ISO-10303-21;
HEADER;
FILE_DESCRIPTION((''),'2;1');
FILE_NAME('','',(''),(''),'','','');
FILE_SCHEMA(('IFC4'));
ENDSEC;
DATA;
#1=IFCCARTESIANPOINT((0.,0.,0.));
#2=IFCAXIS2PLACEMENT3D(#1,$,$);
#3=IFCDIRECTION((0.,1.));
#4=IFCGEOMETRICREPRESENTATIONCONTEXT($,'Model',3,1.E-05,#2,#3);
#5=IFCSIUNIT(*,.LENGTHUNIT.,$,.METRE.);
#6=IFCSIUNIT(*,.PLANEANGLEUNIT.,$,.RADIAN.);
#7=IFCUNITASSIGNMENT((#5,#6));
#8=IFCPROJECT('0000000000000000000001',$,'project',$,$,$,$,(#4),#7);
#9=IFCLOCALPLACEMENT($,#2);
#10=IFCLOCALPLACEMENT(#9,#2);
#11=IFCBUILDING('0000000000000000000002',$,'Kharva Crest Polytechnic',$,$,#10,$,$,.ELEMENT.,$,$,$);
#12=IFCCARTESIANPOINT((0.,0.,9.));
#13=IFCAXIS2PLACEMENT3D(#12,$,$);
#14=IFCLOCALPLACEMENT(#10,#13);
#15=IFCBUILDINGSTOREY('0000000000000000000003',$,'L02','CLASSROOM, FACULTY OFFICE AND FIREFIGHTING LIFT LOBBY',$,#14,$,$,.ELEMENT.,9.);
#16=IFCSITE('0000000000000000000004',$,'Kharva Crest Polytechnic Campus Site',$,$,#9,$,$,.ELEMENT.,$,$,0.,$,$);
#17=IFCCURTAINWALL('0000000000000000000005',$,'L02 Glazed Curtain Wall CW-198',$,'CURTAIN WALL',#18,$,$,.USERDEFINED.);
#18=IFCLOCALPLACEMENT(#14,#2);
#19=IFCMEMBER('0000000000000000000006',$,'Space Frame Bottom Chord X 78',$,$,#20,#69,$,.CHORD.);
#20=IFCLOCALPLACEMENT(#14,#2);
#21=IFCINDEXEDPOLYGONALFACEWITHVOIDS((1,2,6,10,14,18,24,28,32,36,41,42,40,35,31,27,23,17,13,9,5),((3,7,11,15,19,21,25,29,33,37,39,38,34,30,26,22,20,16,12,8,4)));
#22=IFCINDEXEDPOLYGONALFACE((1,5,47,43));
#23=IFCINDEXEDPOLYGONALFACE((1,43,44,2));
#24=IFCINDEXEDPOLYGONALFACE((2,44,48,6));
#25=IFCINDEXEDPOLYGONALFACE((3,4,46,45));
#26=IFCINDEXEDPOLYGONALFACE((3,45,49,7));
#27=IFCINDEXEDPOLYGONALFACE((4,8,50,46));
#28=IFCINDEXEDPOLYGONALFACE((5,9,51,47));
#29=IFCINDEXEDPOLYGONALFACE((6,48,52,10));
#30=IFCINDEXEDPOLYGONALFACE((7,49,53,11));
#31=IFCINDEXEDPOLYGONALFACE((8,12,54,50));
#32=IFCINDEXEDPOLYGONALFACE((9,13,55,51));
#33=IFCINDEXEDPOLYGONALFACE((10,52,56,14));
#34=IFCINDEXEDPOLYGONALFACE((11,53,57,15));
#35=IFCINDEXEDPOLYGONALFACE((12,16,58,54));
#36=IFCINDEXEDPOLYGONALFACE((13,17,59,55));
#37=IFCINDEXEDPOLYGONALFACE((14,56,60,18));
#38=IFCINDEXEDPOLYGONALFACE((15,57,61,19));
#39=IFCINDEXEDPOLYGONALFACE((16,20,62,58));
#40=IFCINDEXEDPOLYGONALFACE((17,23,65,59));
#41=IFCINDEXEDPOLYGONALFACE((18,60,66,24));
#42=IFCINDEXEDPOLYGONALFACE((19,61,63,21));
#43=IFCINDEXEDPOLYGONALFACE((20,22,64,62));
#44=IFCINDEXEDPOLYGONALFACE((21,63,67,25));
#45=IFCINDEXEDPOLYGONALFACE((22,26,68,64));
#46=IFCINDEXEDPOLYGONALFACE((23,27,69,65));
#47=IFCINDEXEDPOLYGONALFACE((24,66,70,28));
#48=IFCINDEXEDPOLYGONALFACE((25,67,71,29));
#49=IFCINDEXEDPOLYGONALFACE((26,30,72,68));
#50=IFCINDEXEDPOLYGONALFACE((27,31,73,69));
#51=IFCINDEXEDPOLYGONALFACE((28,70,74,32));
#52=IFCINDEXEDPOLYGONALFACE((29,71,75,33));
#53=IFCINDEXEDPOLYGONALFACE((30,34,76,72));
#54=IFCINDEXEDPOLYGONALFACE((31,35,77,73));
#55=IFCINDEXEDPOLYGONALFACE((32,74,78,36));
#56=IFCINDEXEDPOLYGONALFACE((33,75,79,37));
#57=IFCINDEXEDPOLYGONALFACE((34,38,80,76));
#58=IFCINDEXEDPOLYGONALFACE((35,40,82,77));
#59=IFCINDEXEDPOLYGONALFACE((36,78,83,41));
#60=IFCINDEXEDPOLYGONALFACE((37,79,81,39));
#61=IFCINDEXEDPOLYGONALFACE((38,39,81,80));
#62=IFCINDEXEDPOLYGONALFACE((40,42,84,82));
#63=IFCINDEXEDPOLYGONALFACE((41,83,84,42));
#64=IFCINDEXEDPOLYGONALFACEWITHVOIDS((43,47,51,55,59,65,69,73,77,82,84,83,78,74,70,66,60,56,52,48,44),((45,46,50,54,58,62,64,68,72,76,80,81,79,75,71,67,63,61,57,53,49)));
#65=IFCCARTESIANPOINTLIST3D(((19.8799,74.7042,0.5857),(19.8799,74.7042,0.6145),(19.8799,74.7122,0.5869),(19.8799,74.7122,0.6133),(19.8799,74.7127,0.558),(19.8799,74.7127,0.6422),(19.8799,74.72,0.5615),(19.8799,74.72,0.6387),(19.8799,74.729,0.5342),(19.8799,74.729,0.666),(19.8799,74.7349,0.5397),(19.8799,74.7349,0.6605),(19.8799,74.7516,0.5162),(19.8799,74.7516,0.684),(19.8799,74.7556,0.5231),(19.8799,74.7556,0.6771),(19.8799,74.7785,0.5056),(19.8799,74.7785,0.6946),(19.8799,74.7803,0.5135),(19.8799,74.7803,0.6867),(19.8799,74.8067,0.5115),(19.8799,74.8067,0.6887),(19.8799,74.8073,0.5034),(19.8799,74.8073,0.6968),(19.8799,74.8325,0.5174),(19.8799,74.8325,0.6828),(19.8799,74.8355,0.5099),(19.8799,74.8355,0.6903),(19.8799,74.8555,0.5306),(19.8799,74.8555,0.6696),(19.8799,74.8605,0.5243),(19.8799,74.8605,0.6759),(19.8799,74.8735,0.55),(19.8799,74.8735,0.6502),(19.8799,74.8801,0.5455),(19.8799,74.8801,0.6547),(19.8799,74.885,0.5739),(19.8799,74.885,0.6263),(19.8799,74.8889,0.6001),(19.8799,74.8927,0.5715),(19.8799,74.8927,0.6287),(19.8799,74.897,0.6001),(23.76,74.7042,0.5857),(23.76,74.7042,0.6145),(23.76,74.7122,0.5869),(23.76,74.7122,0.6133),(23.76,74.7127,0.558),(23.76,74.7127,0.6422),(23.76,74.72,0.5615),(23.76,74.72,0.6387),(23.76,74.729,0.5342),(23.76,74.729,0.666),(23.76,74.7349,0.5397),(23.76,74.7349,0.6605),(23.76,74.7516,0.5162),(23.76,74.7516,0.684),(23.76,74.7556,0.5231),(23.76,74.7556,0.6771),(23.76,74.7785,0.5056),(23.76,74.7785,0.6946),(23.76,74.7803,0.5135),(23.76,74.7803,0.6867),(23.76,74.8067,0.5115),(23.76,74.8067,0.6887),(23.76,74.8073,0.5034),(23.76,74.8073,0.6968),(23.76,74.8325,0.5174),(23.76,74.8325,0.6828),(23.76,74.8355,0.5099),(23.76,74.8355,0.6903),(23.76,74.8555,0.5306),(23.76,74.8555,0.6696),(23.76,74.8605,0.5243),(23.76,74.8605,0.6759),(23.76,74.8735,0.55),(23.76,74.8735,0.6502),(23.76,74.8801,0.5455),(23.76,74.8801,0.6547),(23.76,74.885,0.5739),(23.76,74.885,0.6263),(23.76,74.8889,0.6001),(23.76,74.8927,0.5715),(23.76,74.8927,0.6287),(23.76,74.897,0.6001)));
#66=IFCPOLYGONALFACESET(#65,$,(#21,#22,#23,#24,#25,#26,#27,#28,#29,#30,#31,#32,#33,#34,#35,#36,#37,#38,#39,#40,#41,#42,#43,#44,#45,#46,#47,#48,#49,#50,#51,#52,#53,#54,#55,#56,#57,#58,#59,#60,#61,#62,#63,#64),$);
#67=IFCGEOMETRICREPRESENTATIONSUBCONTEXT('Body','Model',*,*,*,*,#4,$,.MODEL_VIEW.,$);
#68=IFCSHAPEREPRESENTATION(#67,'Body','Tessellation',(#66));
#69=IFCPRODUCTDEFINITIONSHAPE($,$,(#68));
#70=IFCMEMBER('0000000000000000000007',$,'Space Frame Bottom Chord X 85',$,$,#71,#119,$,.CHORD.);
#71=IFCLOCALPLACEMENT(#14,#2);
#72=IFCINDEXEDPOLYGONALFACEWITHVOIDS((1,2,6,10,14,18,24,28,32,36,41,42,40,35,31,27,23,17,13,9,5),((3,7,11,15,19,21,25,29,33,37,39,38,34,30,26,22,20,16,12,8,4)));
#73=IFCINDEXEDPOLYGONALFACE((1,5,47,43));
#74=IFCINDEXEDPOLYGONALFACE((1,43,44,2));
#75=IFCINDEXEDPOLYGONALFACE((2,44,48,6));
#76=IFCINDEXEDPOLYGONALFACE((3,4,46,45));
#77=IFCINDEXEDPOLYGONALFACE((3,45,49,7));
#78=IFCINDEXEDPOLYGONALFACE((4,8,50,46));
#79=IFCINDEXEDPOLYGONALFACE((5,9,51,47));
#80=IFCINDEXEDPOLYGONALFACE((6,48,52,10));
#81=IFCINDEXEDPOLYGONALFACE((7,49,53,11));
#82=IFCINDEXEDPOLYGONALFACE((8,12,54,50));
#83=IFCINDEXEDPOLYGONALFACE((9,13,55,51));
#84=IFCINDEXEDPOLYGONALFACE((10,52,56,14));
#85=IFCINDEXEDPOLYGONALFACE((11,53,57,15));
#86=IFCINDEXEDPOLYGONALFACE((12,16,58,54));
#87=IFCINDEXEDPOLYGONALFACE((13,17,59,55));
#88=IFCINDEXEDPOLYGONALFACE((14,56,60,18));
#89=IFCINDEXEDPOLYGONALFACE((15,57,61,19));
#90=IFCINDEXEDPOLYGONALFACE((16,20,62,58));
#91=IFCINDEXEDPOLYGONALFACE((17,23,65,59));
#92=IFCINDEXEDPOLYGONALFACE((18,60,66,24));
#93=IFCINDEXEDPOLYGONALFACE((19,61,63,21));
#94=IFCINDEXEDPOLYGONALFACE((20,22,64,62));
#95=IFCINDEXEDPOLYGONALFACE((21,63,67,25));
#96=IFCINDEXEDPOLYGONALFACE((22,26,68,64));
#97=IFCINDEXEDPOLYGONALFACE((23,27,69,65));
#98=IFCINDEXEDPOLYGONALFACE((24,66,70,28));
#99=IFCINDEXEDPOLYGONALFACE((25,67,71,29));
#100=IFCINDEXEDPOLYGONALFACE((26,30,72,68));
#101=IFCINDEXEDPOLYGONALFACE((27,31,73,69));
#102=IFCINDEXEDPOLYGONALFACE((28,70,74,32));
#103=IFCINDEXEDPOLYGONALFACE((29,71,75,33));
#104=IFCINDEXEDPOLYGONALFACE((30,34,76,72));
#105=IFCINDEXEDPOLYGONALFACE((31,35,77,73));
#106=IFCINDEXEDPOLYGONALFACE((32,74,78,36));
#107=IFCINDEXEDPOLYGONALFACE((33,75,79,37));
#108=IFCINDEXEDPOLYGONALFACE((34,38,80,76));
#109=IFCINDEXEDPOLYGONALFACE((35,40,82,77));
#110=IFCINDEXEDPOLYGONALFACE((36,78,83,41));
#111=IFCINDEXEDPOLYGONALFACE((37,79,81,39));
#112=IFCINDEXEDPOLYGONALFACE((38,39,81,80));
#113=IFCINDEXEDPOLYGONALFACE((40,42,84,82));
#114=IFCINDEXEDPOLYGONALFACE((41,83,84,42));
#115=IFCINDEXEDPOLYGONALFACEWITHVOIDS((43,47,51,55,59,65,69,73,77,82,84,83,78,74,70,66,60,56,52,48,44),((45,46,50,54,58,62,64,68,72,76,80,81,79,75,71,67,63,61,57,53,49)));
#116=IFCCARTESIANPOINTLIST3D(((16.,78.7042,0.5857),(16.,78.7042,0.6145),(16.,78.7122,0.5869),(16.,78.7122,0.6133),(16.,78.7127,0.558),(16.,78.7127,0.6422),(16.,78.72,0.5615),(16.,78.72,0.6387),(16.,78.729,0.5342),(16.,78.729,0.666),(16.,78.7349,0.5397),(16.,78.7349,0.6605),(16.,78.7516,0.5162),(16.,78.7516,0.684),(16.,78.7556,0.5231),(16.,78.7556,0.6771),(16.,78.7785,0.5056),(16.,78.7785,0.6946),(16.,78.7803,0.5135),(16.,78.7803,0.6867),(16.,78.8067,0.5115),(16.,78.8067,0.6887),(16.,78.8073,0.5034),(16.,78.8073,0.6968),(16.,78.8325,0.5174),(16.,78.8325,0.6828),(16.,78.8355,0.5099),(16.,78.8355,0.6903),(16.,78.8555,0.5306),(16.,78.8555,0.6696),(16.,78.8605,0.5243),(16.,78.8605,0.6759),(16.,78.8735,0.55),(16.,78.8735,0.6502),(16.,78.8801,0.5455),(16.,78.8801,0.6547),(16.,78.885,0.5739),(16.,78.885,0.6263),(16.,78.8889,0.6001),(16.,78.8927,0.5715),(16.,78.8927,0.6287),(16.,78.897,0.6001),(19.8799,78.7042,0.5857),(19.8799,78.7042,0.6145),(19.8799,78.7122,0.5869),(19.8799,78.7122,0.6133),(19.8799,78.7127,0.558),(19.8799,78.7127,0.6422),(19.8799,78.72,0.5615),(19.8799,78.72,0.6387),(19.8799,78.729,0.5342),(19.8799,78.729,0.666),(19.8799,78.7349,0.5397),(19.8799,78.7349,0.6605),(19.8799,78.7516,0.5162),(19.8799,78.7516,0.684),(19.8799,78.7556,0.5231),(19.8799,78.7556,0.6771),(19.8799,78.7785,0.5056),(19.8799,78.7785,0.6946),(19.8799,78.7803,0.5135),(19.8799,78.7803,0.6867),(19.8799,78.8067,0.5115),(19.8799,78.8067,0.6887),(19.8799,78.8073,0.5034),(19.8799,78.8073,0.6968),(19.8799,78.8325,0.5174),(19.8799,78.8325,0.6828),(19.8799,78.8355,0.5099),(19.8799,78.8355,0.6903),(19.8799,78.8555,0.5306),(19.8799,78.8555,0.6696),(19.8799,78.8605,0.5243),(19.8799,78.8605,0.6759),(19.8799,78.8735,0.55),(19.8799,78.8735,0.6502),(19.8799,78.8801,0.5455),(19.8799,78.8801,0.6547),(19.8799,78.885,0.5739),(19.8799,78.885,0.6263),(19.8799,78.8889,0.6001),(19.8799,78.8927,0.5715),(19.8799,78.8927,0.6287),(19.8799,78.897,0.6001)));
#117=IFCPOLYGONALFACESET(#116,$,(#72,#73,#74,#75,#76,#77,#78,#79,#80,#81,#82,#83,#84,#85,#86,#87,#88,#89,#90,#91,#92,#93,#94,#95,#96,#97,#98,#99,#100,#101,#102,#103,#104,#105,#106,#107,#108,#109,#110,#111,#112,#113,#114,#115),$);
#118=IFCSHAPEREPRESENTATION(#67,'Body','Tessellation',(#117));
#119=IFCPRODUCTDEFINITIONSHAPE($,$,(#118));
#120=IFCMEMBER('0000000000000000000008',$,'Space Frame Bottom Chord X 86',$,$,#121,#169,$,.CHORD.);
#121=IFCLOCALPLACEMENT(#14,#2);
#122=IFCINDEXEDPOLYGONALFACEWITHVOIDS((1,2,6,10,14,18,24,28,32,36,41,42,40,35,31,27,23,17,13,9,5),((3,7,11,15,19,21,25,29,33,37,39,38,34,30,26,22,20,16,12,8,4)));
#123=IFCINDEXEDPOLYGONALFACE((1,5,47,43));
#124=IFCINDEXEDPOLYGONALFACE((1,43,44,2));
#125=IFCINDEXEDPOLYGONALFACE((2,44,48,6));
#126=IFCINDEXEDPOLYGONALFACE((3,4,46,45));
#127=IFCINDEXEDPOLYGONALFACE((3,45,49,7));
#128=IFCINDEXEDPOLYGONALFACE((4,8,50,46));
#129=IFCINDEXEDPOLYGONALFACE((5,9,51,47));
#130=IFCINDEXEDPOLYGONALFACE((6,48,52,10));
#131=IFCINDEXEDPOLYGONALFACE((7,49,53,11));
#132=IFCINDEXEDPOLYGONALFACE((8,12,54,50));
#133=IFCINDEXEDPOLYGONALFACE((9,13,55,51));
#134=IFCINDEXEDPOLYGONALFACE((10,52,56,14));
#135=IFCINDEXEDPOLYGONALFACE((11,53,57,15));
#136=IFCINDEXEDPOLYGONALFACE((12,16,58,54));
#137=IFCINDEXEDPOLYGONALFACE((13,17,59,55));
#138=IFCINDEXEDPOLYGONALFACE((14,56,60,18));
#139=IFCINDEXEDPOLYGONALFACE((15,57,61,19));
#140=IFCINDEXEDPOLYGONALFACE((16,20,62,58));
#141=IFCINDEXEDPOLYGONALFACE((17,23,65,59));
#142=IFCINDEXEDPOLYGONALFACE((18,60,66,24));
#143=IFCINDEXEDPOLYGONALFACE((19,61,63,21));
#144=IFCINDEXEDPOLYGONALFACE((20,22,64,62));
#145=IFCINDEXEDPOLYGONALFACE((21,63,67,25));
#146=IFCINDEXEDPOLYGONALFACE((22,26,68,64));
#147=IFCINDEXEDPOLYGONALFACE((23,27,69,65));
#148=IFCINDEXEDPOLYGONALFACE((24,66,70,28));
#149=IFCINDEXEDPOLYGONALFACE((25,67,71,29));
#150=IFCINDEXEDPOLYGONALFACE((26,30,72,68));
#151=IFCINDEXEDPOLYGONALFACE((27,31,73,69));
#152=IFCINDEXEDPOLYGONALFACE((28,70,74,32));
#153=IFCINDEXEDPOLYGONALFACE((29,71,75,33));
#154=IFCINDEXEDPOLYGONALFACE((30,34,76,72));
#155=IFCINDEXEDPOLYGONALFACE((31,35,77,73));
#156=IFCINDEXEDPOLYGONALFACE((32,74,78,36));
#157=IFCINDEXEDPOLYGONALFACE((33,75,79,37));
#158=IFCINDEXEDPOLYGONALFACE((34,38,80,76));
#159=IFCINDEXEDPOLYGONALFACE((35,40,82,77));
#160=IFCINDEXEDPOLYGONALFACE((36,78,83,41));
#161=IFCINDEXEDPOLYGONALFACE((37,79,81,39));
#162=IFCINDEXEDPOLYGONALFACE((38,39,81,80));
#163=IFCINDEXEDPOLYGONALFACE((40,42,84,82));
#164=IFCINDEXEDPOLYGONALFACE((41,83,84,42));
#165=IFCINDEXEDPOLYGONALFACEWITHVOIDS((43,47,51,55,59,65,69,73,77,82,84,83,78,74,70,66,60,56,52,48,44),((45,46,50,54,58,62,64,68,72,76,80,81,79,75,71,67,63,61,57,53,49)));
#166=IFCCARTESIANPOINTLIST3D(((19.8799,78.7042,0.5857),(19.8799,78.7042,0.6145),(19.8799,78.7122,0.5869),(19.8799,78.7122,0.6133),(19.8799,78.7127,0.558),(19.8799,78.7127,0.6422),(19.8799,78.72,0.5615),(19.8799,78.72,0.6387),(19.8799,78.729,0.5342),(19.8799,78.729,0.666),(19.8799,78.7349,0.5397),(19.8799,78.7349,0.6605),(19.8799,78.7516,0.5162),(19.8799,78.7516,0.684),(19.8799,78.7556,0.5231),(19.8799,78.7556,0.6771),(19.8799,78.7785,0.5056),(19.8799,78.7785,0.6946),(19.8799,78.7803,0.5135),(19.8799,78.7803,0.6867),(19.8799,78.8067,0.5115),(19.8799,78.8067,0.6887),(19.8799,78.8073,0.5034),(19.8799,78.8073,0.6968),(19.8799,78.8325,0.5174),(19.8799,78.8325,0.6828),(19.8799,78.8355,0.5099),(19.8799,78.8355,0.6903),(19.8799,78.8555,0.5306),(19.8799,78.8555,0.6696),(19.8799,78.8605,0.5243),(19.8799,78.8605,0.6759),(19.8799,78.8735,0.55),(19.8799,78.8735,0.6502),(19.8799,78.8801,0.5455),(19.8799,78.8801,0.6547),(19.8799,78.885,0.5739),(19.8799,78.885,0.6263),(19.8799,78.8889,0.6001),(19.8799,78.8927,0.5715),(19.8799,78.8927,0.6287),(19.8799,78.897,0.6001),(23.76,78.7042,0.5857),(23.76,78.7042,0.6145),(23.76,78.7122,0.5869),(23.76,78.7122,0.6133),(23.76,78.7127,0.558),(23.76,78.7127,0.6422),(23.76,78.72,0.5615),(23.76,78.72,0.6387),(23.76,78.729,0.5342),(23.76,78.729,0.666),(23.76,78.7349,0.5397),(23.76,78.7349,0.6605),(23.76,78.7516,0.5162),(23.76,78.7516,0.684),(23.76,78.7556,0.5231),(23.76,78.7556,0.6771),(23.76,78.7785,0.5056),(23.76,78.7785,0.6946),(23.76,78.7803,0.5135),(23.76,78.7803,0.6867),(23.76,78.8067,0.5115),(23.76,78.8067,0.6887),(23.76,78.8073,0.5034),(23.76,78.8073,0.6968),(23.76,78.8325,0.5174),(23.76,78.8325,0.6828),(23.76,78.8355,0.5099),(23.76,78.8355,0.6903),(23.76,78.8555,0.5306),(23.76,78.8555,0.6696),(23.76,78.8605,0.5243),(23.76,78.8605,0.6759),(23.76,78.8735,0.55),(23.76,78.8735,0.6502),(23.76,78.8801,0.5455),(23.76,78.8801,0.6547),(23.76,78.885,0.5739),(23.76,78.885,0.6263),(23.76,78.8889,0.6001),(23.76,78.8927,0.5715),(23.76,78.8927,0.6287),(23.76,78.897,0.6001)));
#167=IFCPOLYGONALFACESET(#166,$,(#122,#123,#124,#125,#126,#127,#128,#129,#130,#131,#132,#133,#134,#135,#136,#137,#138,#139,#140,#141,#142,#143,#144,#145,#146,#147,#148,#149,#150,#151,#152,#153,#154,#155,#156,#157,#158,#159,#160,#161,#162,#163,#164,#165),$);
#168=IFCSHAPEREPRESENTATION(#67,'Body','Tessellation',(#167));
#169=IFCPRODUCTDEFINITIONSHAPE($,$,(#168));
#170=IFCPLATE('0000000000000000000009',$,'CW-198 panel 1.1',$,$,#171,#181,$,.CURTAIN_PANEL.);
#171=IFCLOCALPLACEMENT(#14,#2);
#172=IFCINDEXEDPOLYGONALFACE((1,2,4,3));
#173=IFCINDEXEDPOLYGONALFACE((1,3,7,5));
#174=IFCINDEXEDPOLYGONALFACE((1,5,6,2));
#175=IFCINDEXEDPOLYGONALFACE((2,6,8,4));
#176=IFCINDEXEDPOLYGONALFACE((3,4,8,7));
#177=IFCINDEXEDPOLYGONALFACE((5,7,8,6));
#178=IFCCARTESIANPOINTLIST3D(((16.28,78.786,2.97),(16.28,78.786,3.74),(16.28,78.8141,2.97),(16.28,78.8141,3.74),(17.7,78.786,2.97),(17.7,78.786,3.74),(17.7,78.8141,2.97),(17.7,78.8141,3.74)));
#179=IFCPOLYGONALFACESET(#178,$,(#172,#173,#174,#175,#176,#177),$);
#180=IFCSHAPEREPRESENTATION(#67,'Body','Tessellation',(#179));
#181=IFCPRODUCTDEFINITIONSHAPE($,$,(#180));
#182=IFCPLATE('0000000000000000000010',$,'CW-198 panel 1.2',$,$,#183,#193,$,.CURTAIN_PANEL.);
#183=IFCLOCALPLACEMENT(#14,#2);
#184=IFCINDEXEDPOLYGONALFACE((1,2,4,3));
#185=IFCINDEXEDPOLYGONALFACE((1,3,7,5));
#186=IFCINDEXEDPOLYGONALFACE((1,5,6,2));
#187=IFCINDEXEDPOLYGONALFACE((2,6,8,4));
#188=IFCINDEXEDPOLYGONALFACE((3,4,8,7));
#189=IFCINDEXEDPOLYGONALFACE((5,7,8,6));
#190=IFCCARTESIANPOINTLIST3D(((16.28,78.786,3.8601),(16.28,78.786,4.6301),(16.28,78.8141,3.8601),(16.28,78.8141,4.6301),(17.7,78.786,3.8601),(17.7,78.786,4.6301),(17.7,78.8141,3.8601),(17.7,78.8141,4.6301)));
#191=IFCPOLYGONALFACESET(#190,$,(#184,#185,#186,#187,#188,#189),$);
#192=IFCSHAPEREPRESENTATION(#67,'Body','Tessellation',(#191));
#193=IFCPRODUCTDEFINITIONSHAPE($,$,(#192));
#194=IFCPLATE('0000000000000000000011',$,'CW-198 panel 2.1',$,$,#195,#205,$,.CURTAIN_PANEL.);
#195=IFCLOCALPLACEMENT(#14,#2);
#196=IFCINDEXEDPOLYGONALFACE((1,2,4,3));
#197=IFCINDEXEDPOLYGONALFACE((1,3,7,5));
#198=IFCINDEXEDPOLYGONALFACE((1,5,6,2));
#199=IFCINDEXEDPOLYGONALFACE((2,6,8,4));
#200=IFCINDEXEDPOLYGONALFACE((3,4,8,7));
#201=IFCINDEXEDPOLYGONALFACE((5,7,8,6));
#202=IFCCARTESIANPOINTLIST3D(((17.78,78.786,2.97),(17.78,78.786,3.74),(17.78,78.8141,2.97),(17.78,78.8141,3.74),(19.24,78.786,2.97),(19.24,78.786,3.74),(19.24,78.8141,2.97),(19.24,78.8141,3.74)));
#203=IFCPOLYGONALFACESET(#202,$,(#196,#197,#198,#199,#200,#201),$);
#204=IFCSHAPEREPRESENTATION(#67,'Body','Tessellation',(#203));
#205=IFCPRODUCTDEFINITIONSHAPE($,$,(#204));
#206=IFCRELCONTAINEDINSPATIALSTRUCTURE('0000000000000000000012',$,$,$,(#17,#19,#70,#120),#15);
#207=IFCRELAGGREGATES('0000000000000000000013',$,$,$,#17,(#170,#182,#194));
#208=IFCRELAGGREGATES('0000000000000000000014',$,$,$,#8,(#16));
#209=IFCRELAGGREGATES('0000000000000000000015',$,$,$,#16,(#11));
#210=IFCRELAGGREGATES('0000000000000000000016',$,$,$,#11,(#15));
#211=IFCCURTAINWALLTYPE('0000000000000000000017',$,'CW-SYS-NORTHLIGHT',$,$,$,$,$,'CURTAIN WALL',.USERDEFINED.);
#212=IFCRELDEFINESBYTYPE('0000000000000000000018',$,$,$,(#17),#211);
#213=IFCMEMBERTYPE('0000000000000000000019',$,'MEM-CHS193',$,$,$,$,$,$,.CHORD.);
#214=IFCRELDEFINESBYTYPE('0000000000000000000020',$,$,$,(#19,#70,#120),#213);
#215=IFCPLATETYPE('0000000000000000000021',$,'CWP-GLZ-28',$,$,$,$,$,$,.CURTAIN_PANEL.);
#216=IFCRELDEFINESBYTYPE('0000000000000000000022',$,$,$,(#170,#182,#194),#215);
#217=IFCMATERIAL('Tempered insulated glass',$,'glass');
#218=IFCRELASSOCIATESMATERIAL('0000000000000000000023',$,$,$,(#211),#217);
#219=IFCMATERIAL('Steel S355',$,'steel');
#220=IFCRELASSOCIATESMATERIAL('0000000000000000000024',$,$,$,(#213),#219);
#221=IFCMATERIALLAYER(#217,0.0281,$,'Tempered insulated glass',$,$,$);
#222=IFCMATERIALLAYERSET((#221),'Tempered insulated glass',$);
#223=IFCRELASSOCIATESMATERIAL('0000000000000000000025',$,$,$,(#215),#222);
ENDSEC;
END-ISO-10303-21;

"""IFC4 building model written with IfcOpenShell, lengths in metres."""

from ifc_helpers import new_model, si_unit, direction, frame, origin, origin_2d, place, context, subcontext, project, spatial, rectangle, hollow_circle, extrude, material, layer, layer_set, material_profile, profile_set, type_object, element, aggregate, save


model = new_model("IFC4")

# Units and contexts
model_context = context("Model", 3, precision=1e-05, world=origin(), true_north=direction((0.0, 1.0)))
body_context = subcontext(model_context, "Body", "Model", "MODEL_VIEW")
ifc_project = project(units=[si_unit("LENGTHUNIT", "METRE"), si_unit("PLANEANGLEUNIT", "RADIAN")], contexts=[model_context])

# Site, building, storey
site_placement = place(None, origin())
site = spatial("IfcSite", under=ifc_project, at=site_placement, Name="Kharva Crest Polytechnic Campus Site", CompositionType="ELEMENT", RefElevation=0.0)
building_placement = place(site_placement, origin())
building = spatial("IfcBuilding", under=site, at=building_placement, Name="Kharva Crest Polytechnic", CompositionType="ELEMENT")
storey_placement = place(building_placement, frame((0.0, 0.0, 9.0)))
storey = spatial("IfcBuildingStorey", under=building, at=storey_placement, Name="L02", Description="CLASSROOM, FACULTY OFFICE AND FIREFIGHTING LIFT LOBBY", CompositionType="ELEMENT", Elevation=9.0)

# Curtain wall
ifc_material_1 = material(Name="Tempered insulated glass", Category="glass")
curtain_wall_type = type_object("IfcCurtainWallType", Name="CW-SYS-NORTHLIGHT", ElementType="CURTAIN WALL", PredefinedType="USERDEFINED", material=ifc_material_1)
curtain_wall_placement = place(storey_placement, origin())
curtain_wall = element("IfcCurtainWall", 1, at=curtain_wall_placement, inside=storey, type_object=curtain_wall_type, Name="L02 Glazed Curtain Wall CW-198", ObjectType="CURTAIN WALL", PredefinedType="USERDEFINED")
ifc_material_2 = material(Name="Steel S355", Category="steel")

# Members
ifc_material_profile_1 = material_profile(ifc_material_2, hollow_circle(Radius=0.0969, WallThickness=0.0081, at=origin_2d()), Name="CHS 193.7X8.0")
ifc_profile_set_1 = profile_set([ifc_material_profile_1], Name="Steel S355")
member_type_1 = type_object("IfcMemberType", Name="MEM-CHS193", PredefinedType="CHORD", material=ifc_profile_set_1)
member_1_placement = place(storey_placement, frame((19.8799, 74.8, 0.6001), z_axis=(1.0, 0.0, 0.0), x_axis=(0.0, 1.0, 0.0)))
element("IfcMember", 2, at=member_1_placement, inside=storey, type_object=member_type_1, Name="Space Frame Bottom Chord X 78", PredefinedType="CHORD", context=body_context, shape_type="SweptSolid", body=[
    extrude(hollow_circle(Radius=0.0969, WallThickness=0.0081, at=origin_2d()), origin(), (0.0, 0.0, 1.0), 3.8801),
])
member_2_placement = place(storey_placement, frame((16.0, 78.8, 0.6001), z_axis=(1.0, 0.0, 0.0), x_axis=(0.0, 1.0, 0.0)))
element("IfcMember", 3, at=member_2_placement, inside=storey, type_object=member_type_1, Name="Space Frame Bottom Chord X 85", PredefinedType="CHORD", context=body_context, shape_type="SweptSolid", body=[
    extrude(hollow_circle(Radius=0.0969, WallThickness=0.0081, at=origin_2d()), origin(), (0.0, 0.0, 1.0), 3.8799),
])
member_3_placement = place(storey_placement, frame((19.8799, 78.8, 0.6001), z_axis=(1.0, 0.0, 0.0), x_axis=(0.0, 1.0, 0.0)))
element("IfcMember", 4, at=member_3_placement, inside=storey, type_object=member_type_1, Name="Space Frame Bottom Chord X 86", PredefinedType="CHORD", context=body_context, shape_type="SweptSolid", body=[
    extrude(hollow_circle(Radius=0.0969, WallThickness=0.0081, at=origin_2d()), origin(), (0.0, 0.0, 1.0), 3.8801),
])

# Plates
ifc_layer = layer(ifc_material_1, 0.0281, Name="Tempered insulated glass")
ifc_layer_set = layer_set([ifc_layer], Name="Tempered insulated glass")
plate_type = type_object("IfcPlateType", Name="CWP-GLZ-28", PredefinedType="CURTAIN_PANEL", material=ifc_layer_set)
plate_1_placement = place(storey_placement, frame((16.99, 78.8, 2.97), z_axis=(0.0, 0.0, 1.0), x_axis=(1.0, 0.0, 0.0)))
plate_1 = element("IfcPlate", 5, at=plate_1_placement, type_object=plate_type, Name="CW-198 panel 1.1", PredefinedType="CURTAIN_PANEL", context=body_context, shape_type="SweptSolid", body=[
    extrude(rectangle(XDim=1.4199, YDim=0.0281, at=origin_2d()), origin(), (0.0, 0.0, 1.0), 0.77),
])
plate_2_placement = place(storey_placement, frame((16.99, 78.8, 3.8601), z_axis=(0.0, 0.0, 1.0), x_axis=(1.0, 0.0, 0.0)))
plate_2 = element("IfcPlate", 6, at=plate_2_placement, type_object=plate_type, Name="CW-198 panel 1.2", PredefinedType="CURTAIN_PANEL", context=body_context, shape_type="SweptSolid", body=[
    extrude(rectangle(XDim=1.4199, YDim=0.0281, at=origin_2d()), origin(), (0.0, 0.0, 1.0), 0.77),
])
plate_3_placement = place(storey_placement, frame((18.51, 78.8, 2.97), z_axis=(0.0, 0.0, 1.0), x_axis=(1.0, 0.0, 0.0)))
plate_3 = element("IfcPlate", 7, at=plate_3_placement, type_object=plate_type, Name="CW-198 panel 2.1", PredefinedType="CURTAIN_PANEL", context=body_context, shape_type="SweptSolid", body=[
    extrude(rectangle(XDim=1.46, YDim=0.0281, at=origin_2d()), origin(), (0.0, 0.0, 1.0), 0.77),
])
aggregate(curtain_wall, [plate_1, plate_2, plate_3])

save(model, "model.ifc")
